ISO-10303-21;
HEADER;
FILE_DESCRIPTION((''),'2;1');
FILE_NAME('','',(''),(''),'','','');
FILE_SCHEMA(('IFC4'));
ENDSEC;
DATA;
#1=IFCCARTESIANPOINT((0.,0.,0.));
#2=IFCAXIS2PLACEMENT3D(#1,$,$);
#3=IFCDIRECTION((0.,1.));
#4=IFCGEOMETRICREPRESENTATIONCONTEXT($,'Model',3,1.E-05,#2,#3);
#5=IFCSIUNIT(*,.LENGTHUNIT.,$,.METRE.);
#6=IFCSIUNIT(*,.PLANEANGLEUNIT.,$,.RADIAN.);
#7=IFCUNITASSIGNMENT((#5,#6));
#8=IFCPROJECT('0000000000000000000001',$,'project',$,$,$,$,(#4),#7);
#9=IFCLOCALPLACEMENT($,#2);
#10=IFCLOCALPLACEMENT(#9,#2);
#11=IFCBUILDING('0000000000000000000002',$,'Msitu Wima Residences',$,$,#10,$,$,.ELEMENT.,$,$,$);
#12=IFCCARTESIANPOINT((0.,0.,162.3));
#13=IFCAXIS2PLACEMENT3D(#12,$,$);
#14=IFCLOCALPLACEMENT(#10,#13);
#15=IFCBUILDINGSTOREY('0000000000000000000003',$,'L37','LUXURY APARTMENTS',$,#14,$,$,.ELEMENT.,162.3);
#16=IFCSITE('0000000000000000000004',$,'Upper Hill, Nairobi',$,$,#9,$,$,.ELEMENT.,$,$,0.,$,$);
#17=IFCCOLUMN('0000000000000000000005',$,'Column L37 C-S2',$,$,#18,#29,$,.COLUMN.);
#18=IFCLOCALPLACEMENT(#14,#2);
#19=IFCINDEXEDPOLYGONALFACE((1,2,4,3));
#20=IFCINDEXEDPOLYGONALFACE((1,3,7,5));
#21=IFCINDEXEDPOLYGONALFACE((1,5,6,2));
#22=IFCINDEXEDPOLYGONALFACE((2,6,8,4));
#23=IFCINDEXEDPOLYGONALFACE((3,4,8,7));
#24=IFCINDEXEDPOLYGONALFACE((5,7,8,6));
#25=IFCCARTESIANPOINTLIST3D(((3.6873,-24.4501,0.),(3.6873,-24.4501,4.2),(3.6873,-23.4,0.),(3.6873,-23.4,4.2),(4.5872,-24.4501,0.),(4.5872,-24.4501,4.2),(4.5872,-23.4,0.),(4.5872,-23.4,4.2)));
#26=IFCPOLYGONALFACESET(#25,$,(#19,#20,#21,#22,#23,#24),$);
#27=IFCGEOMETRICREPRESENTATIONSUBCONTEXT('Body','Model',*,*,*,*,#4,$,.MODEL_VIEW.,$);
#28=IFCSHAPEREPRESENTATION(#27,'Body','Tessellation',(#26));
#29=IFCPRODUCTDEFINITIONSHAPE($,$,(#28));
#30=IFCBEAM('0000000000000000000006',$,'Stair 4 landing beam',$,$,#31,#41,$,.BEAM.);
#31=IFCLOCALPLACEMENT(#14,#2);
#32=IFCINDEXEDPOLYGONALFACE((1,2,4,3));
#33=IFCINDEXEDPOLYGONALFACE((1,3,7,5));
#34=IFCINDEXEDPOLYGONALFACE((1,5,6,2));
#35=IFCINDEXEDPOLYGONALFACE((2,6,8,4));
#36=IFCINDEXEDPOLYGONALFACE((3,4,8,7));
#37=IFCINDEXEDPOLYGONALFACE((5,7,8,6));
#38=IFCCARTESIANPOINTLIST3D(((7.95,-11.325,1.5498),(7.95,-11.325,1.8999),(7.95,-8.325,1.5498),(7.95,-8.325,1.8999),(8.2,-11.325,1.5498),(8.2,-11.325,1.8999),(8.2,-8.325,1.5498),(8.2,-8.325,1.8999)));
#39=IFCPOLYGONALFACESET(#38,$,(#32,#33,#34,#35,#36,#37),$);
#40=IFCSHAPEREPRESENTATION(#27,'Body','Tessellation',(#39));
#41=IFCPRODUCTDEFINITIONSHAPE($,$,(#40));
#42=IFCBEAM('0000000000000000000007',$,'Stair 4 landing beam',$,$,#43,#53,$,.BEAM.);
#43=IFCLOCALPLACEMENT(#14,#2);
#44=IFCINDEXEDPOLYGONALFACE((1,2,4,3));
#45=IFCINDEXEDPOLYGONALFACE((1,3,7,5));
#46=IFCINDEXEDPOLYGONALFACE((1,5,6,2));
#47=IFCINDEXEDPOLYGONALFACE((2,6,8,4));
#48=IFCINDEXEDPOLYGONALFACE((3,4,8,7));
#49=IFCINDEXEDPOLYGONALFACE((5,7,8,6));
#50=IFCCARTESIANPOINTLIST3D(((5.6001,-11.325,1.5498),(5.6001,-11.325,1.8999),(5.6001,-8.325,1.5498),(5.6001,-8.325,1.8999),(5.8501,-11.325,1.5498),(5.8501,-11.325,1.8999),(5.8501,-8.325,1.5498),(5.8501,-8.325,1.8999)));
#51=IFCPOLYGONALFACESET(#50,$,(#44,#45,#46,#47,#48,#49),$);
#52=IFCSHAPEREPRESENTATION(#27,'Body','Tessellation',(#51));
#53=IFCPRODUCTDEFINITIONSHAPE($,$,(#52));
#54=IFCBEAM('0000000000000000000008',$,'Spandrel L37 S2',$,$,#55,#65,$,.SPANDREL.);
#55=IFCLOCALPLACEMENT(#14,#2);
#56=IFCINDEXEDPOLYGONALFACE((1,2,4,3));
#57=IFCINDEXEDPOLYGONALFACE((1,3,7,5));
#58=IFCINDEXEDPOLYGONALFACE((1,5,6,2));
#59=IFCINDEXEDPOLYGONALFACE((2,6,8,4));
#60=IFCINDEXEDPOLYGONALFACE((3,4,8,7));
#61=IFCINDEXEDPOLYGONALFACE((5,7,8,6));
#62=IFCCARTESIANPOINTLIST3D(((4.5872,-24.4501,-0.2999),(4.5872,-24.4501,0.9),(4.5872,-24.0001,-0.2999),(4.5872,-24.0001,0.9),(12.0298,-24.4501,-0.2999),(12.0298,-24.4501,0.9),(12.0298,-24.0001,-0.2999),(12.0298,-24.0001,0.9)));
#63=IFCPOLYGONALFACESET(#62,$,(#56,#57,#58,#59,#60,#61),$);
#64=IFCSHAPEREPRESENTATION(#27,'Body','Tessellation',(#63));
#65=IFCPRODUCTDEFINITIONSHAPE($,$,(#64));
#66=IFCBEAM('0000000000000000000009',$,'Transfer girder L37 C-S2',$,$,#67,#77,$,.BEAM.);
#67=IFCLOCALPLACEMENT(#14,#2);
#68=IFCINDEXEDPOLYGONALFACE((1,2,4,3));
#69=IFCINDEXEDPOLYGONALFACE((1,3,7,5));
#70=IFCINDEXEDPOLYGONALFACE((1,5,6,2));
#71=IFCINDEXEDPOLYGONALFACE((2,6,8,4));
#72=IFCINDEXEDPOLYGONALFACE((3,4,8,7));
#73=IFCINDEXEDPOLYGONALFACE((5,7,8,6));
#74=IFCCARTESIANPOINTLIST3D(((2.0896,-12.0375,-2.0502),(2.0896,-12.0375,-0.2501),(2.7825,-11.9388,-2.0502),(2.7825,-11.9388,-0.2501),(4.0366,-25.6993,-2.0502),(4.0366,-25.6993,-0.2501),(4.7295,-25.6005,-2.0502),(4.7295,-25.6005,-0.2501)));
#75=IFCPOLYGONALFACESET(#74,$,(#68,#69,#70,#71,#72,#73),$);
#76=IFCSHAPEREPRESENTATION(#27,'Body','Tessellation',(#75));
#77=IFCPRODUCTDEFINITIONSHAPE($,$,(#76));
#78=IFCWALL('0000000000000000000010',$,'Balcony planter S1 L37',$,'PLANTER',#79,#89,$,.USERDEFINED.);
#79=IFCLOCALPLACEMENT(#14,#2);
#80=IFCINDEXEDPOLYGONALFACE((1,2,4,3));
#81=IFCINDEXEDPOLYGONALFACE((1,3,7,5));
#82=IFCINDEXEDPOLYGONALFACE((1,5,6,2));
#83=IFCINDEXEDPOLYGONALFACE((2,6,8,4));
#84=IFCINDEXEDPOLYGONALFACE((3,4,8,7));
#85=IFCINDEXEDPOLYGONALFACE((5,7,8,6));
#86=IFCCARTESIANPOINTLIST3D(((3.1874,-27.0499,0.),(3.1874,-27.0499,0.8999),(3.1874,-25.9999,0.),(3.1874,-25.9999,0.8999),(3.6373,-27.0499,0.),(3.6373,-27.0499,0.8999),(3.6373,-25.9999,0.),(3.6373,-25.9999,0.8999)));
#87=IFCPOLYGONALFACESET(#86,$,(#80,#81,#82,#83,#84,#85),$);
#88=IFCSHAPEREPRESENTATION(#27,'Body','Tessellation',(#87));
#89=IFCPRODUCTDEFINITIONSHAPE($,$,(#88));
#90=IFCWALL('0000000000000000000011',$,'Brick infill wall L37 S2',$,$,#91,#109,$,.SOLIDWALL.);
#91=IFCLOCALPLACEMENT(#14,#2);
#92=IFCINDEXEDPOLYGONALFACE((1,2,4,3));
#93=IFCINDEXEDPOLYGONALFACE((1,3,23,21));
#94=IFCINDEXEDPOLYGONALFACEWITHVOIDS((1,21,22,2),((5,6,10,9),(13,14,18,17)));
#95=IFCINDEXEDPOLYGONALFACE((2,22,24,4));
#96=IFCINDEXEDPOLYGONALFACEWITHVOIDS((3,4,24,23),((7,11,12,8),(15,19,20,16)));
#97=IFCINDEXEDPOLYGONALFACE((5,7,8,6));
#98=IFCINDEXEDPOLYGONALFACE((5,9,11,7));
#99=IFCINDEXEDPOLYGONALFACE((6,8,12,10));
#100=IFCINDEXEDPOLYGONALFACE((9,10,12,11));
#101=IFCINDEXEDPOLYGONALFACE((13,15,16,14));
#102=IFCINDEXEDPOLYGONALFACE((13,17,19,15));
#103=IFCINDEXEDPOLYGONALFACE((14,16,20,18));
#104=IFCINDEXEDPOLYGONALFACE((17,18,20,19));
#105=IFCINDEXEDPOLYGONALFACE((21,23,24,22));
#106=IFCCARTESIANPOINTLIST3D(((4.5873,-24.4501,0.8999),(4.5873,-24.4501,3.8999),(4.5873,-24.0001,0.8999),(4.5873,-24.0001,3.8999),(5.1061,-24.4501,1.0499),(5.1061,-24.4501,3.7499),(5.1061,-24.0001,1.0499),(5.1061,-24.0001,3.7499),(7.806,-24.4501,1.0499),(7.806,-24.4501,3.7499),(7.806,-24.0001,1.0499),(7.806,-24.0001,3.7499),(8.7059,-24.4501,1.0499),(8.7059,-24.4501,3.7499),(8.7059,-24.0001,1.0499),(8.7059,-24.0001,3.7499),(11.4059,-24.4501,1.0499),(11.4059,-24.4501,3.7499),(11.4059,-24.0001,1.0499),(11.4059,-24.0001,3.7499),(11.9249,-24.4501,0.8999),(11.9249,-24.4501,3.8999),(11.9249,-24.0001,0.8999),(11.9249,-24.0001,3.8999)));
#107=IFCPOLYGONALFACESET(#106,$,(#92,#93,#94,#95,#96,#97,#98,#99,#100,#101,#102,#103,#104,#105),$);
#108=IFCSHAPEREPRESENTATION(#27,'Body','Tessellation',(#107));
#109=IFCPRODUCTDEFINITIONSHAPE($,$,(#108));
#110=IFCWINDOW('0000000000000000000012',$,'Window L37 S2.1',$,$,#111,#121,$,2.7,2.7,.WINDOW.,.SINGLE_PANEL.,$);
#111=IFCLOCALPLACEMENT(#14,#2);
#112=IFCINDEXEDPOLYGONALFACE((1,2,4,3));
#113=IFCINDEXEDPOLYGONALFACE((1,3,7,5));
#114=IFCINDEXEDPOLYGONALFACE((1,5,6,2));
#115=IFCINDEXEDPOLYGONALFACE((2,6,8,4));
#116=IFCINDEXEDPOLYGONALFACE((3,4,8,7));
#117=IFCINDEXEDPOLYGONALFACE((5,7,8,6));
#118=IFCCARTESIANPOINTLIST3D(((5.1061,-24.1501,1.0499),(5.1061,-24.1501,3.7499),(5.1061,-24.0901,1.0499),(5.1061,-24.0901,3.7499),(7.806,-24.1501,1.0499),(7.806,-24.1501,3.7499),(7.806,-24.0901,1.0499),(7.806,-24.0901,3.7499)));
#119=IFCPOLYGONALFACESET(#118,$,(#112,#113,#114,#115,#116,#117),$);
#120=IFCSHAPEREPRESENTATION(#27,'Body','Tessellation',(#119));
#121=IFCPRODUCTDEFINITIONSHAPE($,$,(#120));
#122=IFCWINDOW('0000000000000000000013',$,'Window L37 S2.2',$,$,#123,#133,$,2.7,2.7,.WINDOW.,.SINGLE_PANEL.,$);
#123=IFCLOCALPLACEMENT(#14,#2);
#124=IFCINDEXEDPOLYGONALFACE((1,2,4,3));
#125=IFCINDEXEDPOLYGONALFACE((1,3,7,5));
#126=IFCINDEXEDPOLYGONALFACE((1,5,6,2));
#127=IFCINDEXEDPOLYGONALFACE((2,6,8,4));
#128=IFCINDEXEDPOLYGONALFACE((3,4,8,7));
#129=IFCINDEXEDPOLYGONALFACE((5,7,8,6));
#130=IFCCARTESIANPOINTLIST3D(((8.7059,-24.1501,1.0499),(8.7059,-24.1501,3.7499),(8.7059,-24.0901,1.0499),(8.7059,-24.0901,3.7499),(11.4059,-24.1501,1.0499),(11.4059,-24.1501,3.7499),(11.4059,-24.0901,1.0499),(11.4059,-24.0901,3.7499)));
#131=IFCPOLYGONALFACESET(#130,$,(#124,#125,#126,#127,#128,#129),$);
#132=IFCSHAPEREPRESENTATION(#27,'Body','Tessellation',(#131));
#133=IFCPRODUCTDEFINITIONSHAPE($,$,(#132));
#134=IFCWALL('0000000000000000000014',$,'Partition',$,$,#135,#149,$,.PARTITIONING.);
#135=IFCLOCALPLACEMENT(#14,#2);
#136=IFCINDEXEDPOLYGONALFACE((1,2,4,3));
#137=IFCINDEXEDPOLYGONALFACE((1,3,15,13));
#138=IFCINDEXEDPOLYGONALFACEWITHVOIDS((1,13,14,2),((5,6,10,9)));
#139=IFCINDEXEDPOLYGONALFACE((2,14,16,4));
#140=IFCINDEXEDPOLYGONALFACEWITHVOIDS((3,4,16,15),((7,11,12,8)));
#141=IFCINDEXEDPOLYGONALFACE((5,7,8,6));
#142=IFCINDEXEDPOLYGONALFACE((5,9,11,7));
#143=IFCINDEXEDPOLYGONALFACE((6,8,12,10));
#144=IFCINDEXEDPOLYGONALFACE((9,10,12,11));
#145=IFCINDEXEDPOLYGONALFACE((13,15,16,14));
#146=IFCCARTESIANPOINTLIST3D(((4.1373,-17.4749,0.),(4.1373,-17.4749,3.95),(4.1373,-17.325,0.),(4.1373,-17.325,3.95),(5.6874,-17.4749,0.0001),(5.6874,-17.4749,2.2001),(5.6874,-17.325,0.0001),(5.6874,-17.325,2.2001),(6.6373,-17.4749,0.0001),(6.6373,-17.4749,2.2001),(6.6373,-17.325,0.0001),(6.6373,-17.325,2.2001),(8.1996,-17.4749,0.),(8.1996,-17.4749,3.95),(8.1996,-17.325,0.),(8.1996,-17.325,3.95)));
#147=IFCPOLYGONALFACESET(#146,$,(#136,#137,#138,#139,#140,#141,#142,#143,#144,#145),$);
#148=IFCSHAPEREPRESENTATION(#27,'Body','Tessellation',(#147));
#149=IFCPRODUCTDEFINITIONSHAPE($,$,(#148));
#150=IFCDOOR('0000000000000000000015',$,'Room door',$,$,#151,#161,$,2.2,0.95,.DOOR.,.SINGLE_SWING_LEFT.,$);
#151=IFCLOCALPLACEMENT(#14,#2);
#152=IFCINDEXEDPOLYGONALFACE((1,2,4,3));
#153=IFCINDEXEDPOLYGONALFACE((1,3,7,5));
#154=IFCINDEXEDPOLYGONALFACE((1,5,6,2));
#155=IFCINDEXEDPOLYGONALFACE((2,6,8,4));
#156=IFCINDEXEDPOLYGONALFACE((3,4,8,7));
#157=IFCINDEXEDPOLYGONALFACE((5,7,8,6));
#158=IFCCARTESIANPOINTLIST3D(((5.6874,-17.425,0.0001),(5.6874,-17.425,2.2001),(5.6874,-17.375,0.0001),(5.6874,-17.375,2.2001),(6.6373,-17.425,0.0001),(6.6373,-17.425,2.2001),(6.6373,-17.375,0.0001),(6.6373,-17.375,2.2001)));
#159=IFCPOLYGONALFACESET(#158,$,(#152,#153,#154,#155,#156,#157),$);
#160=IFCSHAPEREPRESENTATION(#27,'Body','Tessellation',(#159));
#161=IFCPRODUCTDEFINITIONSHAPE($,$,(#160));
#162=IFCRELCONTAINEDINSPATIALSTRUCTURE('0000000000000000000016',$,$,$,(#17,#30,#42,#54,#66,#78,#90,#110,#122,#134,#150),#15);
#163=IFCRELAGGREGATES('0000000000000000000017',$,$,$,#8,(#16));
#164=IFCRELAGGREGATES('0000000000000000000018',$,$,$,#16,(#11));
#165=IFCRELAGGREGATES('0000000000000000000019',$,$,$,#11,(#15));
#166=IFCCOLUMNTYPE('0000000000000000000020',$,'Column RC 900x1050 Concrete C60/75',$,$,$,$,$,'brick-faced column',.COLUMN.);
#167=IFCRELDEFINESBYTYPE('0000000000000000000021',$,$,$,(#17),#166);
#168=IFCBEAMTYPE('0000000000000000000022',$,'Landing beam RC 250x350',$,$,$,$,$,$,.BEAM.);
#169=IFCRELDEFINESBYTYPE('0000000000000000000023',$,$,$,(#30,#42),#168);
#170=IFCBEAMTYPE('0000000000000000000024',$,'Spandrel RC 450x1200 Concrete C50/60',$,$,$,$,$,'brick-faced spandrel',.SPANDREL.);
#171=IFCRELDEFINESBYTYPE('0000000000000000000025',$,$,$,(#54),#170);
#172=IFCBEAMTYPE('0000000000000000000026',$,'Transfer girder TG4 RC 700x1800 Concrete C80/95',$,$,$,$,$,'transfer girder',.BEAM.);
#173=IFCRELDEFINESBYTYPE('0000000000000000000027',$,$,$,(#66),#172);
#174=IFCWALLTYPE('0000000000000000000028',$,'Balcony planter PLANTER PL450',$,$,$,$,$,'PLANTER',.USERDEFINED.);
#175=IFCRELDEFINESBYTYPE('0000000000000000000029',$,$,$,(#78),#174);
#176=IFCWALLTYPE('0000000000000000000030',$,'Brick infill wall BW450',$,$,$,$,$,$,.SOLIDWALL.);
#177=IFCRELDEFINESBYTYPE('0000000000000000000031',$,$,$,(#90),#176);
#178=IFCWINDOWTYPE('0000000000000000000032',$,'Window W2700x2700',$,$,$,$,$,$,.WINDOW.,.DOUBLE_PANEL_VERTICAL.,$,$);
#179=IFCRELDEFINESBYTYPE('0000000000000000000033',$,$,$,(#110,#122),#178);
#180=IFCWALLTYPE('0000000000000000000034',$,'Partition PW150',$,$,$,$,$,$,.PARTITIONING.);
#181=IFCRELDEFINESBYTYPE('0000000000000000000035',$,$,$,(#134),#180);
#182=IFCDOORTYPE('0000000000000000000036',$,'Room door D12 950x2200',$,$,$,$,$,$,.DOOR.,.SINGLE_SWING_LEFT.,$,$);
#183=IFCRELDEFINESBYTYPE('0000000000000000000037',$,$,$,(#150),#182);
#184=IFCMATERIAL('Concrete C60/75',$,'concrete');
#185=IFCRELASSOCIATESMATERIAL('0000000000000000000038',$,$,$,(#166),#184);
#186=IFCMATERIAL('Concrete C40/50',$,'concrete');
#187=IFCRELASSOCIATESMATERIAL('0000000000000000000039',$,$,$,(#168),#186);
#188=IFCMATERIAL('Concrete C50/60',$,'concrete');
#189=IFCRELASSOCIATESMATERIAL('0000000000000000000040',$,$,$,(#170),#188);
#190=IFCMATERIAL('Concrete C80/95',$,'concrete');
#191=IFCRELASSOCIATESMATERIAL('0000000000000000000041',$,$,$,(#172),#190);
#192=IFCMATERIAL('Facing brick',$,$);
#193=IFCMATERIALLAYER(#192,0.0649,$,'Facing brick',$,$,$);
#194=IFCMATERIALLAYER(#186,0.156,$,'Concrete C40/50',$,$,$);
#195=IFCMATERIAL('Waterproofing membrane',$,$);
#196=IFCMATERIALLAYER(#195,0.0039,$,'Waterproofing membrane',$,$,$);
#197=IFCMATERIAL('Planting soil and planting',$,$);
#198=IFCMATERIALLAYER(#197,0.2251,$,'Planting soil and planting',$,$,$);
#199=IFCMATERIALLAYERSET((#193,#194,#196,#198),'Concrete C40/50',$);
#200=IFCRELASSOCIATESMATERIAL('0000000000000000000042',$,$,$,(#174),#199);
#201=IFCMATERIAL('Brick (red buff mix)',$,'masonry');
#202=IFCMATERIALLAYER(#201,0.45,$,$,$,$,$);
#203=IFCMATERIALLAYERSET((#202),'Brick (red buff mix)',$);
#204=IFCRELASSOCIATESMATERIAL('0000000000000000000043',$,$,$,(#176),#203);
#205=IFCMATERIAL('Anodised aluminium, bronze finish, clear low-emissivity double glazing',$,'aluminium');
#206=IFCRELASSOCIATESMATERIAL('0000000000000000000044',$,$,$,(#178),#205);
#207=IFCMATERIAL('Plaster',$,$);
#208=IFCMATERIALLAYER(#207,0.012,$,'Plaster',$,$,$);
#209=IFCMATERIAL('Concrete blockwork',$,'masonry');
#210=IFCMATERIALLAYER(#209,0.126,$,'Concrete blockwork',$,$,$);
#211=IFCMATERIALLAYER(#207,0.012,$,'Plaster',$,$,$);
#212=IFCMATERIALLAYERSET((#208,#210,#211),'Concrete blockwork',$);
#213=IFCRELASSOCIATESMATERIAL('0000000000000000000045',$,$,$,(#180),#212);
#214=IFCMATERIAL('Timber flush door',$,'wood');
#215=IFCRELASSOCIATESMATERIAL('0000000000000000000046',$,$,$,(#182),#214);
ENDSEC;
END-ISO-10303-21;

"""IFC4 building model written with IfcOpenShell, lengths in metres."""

from ifc_helpers import new_model, si_unit, direction, frame, frame_2d, origin, origin_2d, place, context, subcontext, project, spatial, rectangle, extrude, material, layer, layer_set, material_profile, profile_set, type_object, element, fill, save


model = new_model("IFC4")

# Units and contexts
model_context = context("Model", 3, precision=1e-05, world=origin(), true_north=direction((0.0, 1.0)))
body_context = subcontext(model_context, "Body", "Model", "MODEL_VIEW")
ifc_project = project(units=[si_unit("LENGTHUNIT", "METRE"), si_unit("PLANEANGLEUNIT", "RADIAN")], contexts=[model_context])

# Site, building, storey
site_placement = place(None, origin())
site = spatial("IfcSite", under=ifc_project, at=site_placement, Name="Upper Hill, Nairobi", CompositionType="ELEMENT", RefElevation=0.0)
building_placement = place(site_placement, origin())
building = spatial("IfcBuilding", under=site, at=building_placement, Name="Msitu Wima Residences", CompositionType="ELEMENT")
storey_placement = place(building_placement, frame((0.0, 0.0, 162.3)))
storey = spatial("IfcBuildingStorey", under=building, at=storey_placement, Name="L37", Description="LUXURY APARTMENTS", CompositionType="ELEMENT", Elevation=162.3)

# Column
ifc_material_1 = material(Name="Concrete C60/75", Category="concrete")
ifc_material_profile_1 = material_profile(ifc_material_1, rectangle(XDim=0.8999, YDim=1.05, at=origin_2d()), Name="RC 900x1050")
ifc_profile_set_1 = profile_set([ifc_material_profile_1], Name="Concrete C60/75")
column_type = type_object("IfcColumnType", Name="Column RC 900x1050 Concrete C60/75", ElementType="brick-faced column", PredefinedType="COLUMN", material=ifc_profile_set_1)
column_placement = place(storey_placement, frame((4.1372, -23.925, 0.0), z_axis=(0.0, 0.0, 1.0), x_axis=(1.0, 0.0, 0.0)))
element("IfcColumn", 1, at=column_placement, inside=storey, type_object=column_type, Name="Column L37 C-S2", PredefinedType="COLUMN", context=body_context, shape_type="SweptSolid", body=[
    extrude(rectangle(XDim=0.8999, YDim=1.05, at=origin_2d()), origin(), (0.0, 0.0, 1.0), 4.2),
])

# Beams
ifc_material_2 = material(Name="Concrete C40/50", Category="concrete")
ifc_material_profile_2 = material_profile(ifc_material_2, rectangle(XDim=0.25, YDim=0.3501, at=origin_2d()), Name="RC 250x350")
ifc_profile_set_2 = profile_set([ifc_material_profile_2], Name="Concrete C40/50")
beam_type_1 = type_object("IfcBeamType", Name="Landing beam RC 250x350", PredefinedType="BEAM", material=ifc_profile_set_2)
for number, where, z_axis, x_axis, name in (
    (2, (8.075, -11.325, 1.7249), (0.0, 1.0, 0.0), (-1.0, 0.0, 0.0), "Stair 4 landing beam"),
    (3, (5.7251, -11.325, 1.7249), (0.0, 1.0, 0.0), (-1.0, 0.0, 0.0), "Stair 4 landing beam"),
):
    element("IfcBeam", number, at=place(storey_placement, frame(where, z_axis=z_axis, x_axis=x_axis)), inside=storey, type_object=beam_type_1, Name=name, PredefinedType="BEAM", context=body_context, shape_type="SweptSolid", body=[
        extrude(rectangle(XDim=0.25, YDim=0.3501, at=origin_2d()), origin(), (0.0, 0.0, 1.0), 3.0),
    ])
ifc_material_3 = material(Name="Concrete C50/60", Category="concrete")
ifc_material_profile_3 = material_profile(ifc_material_3, rectangle(XDim=0.45, YDim=1.2, at=origin_2d()), Name="RC 450x1200")
ifc_profile_set_3 = profile_set([ifc_material_profile_3], Name="Concrete C50/60")
beam_type_2 = type_object("IfcBeamType", Name="Spandrel RC 450x1200 Concrete C50/60", ElementType="brick-faced spandrel", PredefinedType="SPANDREL", material=ifc_profile_set_3)
beam_1_placement = place(storey_placement, frame((4.5872, -24.2251, 0.3), z_axis=(1.0, 0.0, 0.0), x_axis=(0.0, 1.0, 0.0)))
element("IfcBeam", 4, at=beam_1_placement, inside=storey, type_object=beam_type_2, Name="Spandrel L37 S2", PredefinedType="SPANDREL", context=body_context, shape_type="SweptSolid", body=[
    extrude(rectangle(XDim=0.45, YDim=1.2, at=origin_2d()), origin(), (0.0, 0.0, 1.0), 7.4426),
])
ifc_material_4 = material(Name="Concrete C80/95", Category="concrete")
ifc_material_profile_4 = material_profile(ifc_material_4, rectangle(XDim=0.7, YDim=1.8, at=origin_2d()), Name="RC 700x1800")
ifc_profile_set_4 = profile_set([ifc_material_profile_4], Name="Concrete C80/95")
beam_type_3 = type_object("IfcBeamType", Name="Transfer girder TG4 RC 700x1800 Concrete C80/95", ElementType="transfer girder", PredefinedType="BEAM", material=ifc_profile_set_4)
beam_2_placement = place(storey_placement, frame((4.3831, -25.6499, -1.1501), z_axis=(-0.141089, 0.989997, 0.0), x_axis=(-0.989997, -0.141089, 0.0)))
element("IfcBeam", 5, at=beam_2_placement, inside=storey, type_object=beam_type_3, Name="Transfer girder L37 C-S2", PredefinedType="BEAM", context=body_context, shape_type="SweptSolid", body=[
    extrude(rectangle(XDim=0.7, YDim=1.8, at=origin_2d()), origin(), (0.0, 0.0, 1.0), 13.7998),
])

# Wall
ifc_material_5 = material(Name="Facing brick")
ifc_layer_1 = layer(ifc_material_5, 0.0649, Name="Facing brick")
ifc_layer_2 = layer(ifc_material_2, 0.156, Name="Concrete C40/50")
ifc_material_6 = material(Name="Waterproofing membrane")
ifc_layer_3 = layer(ifc_material_6, 0.0039, Name="Waterproofing membrane")
ifc_material_7 = material(Name="Planting soil and planting")
ifc_layer_4 = layer(ifc_material_7, 0.2251, Name="Planting soil and planting")
ifc_layer_set_1 = layer_set([ifc_layer_1, ifc_layer_2, ifc_layer_3, ifc_layer_4], Name="Concrete C40/50")
wall_type_1 = type_object("IfcWallType", Name="Balcony planter PLANTER PL450", ElementType="PLANTER", PredefinedType="USERDEFINED", material=ifc_layer_set_1)
wall_1_placement = place(storey_placement, frame((3.4124, -26.0, 0.0), z_axis=(0.0, 0.0, 1.0), x_axis=(0.0, -1.0, 0.0)))
element("IfcWall", 6, at=wall_1_placement, inside=storey, type_object=wall_type_1, Name="Balcony planter S1 L37", ObjectType="PLANTER", PredefinedType="USERDEFINED", context=body_context, shape_type="SweptSolid", body=[
    extrude(rectangle(XDim=1.05, YDim=0.45, at=frame_2d((0.5249, 0.0))), origin(), (0.0, 0.0, 1.0), 0.8999),
])

# Wall, openings, windows
ifc_material_8 = material(Name="Brick (red buff mix)", Category="masonry")
ifc_layer_5 = layer(ifc_material_8, 0.45)
ifc_layer_set_2 = layer_set([ifc_layer_5], Name="Brick (red buff mix)")
wall_type_2 = type_object("IfcWallType", Name="Brick infill wall BW450", PredefinedType="SOLIDWALL", material=ifc_layer_set_2)
wall_2_placement = place(storey_placement, frame((4.5872, -24.2251, 0.8999), z_axis=(0.0, 0.0, 1.0), x_axis=(1.0, 0.0, 0.0)))
wall_2 = element("IfcWall", 7, at=wall_2_placement, inside=storey, type_object=wall_type_2, Name="Brick infill wall L37 S2", PredefinedType="SOLIDWALL", context=body_context, shape_type="SweptSolid", body=[
    extrude(rectangle(XDim=7.3376, YDim=0.45, at=frame_2d((3.6689, 0.0))), origin(), (0.0, 0.0, 1.0), 3.0),
])
opening_1_placement = place(wall_2_placement, frame((0.5188, 0.0, 0.1499)))
opening_1 = element("IfcOpeningElement", 8, at=opening_1_placement, cuts=wall_2, PredefinedType="OPENING", context=body_context, shape_type="SweptSolid", body=[
    extrude(rectangle(XDim=2.7, YDim=2.7, at=frame_2d((1.3501, 1.3501))), frame((0.0, 0.2349, 0.0), z_axis=(0.0, -1.0, 0.0), x_axis=(1.0, 0.0, 0.0)), (0.0, 0.0, 1.0), 0.47),
])
opening_2_placement = place(wall_2_placement, frame((4.1187, 0.0, 0.1499)))
opening_2 = element("IfcOpeningElement", 9, at=opening_2_placement, cuts=wall_2, PredefinedType="OPENING", context=body_context, shape_type="SweptSolid", body=[
    extrude(rectangle(XDim=2.7, YDim=2.7, at=frame_2d((1.3501, 1.3501))), frame((0.0, 0.2349, 0.0), z_axis=(0.0, -1.0, 0.0), x_axis=(1.0, 0.0, 0.0)), (0.0, 0.0, 1.0), 0.47),
])
ifc_material_9 = material(Name="Anodised aluminium, bronze finish, clear low-emissivity double glazing", Category="aluminium")
window_type = type_object("IfcWindowType", Name="Window W2700x2700", PartitioningType="DOUBLE_PANEL_VERTICAL", PredefinedType="WINDOW", material=ifc_material_9)
window_1_placement = place(opening_1_placement, origin())
window_1 = element("IfcWindow", 10, at=window_1_placement, inside=storey, type_object=window_type, Name="Window L37 S2.1", OverallHeight=2.7, OverallWidth=2.7, PartitioningType="SINGLE_PANEL", PredefinedType="WINDOW", context=body_context, shape_type="SweptSolid", body=[
    extrude(rectangle(XDim=2.7, YDim=2.7, at=frame_2d((1.3501, 1.3501))), frame((0.0, 0.135, 0.0), z_axis=(0.0, -1.0, 0.0), x_axis=(1.0, 0.0, 0.0)), (0.0, 0.0, 1.0), 0.0601),
])
fill(opening_1, window_1)
window_2_placement = place(opening_2_placement, origin())
window_2 = element("IfcWindow", 11, at=window_2_placement, inside=storey, type_object=window_type, Name="Window L37 S2.2", OverallHeight=2.7, OverallWidth=2.7, PartitioningType="SINGLE_PANEL", PredefinedType="WINDOW", context=body_context, shape_type="SweptSolid", body=[
    extrude(rectangle(XDim=2.7, YDim=2.7, at=frame_2d((1.3501, 1.3501))), frame((0.0, 0.135, 0.0), z_axis=(0.0, -1.0, 0.0), x_axis=(1.0, 0.0, 0.0)), (0.0, 0.0, 1.0), 0.0601),
])
fill(opening_2, window_2)

# Wall, opening, door
ifc_material_10 = material(Name="Plaster")
ifc_layer_6 = layer(ifc_material_10, 0.012, Name="Plaster")
ifc_material_11 = material(Name="Concrete blockwork", Category="masonry")
ifc_layer_7 = layer(ifc_material_11, 0.126, Name="Concrete blockwork")
ifc_layer_8 = layer(ifc_material_10, 0.012, Name="Plaster")
ifc_layer_set_3 = layer_set([ifc_layer_6, ifc_layer_7, ifc_layer_8], Name="Concrete blockwork")
wall_type_3 = type_object("IfcWallType", Name="Partition PW150", PredefinedType="PARTITIONING", material=ifc_layer_set_3)
wall_3_placement = place(storey_placement, frame((4.1372, -17.3999, 0.0), z_axis=(0.0, 0.0, 1.0), x_axis=(1.0, 0.0, 0.0)))
wall_3 = element("IfcWall", 12, at=wall_3_placement, inside=storey, type_object=wall_type_3, Name="Partition", PredefinedType="PARTITIONING", context=body_context, shape_type="SweptSolid", body=[
    extrude(rectangle(XDim=4.0623, YDim=0.1499, at=frame_2d((2.0312, 0.0))), origin(), (0.0, 0.0, 1.0), 3.95),
])
opening_3_placement = place(wall_3_placement, frame((1.55, 0.0, 0.0)))
opening_3 = element("IfcOpeningElement", 13, at=opening_3_placement, cuts=wall_3, PredefinedType="OPENING", context=body_context, shape_type="SweptSolid", body=[
    extrude(rectangle(XDim=0.95, YDim=2.2, at=frame_2d((0.4751, 1.1001))), frame((0.0, 0.085, 0.0), z_axis=(0.0, -1.0, 0.0), x_axis=(1.0, 0.0, 0.0)), (0.0, 0.0, 1.0), 0.1699),
])
ifc_material_12 = material(Name="Timber flush door", Category="wood")
door_type_1 = type_object("IfcDoorType", Name="Room door D12 950x2200", OperationType="SINGLE_SWING_LEFT", PredefinedType="DOOR", material=ifc_material_12)
door_1_placement = place(opening_3_placement, origin())
door_1 = element("IfcDoor", 14, at=door_1_placement, inside=storey, type_object=door_type_1, Name="Room door", OperationType="SINGLE_SWING_LEFT", OverallHeight=2.2, OverallWidth=0.95, PredefinedType="DOOR", context=body_context, shape_type="SweptSolid", body=[
    extrude(rectangle(XDim=0.95, YDim=2.2, at=frame_2d((0.4751, 1.1001))), frame((0.0, 0.0249, 0.0), z_axis=(0.0, -1.0, 0.0), x_axis=(1.0, 0.0, 0.0)), (0.0, 0.0, 1.0), 0.05),
])
fill(opening_3, door_1)

save(model, "model.ifc")
